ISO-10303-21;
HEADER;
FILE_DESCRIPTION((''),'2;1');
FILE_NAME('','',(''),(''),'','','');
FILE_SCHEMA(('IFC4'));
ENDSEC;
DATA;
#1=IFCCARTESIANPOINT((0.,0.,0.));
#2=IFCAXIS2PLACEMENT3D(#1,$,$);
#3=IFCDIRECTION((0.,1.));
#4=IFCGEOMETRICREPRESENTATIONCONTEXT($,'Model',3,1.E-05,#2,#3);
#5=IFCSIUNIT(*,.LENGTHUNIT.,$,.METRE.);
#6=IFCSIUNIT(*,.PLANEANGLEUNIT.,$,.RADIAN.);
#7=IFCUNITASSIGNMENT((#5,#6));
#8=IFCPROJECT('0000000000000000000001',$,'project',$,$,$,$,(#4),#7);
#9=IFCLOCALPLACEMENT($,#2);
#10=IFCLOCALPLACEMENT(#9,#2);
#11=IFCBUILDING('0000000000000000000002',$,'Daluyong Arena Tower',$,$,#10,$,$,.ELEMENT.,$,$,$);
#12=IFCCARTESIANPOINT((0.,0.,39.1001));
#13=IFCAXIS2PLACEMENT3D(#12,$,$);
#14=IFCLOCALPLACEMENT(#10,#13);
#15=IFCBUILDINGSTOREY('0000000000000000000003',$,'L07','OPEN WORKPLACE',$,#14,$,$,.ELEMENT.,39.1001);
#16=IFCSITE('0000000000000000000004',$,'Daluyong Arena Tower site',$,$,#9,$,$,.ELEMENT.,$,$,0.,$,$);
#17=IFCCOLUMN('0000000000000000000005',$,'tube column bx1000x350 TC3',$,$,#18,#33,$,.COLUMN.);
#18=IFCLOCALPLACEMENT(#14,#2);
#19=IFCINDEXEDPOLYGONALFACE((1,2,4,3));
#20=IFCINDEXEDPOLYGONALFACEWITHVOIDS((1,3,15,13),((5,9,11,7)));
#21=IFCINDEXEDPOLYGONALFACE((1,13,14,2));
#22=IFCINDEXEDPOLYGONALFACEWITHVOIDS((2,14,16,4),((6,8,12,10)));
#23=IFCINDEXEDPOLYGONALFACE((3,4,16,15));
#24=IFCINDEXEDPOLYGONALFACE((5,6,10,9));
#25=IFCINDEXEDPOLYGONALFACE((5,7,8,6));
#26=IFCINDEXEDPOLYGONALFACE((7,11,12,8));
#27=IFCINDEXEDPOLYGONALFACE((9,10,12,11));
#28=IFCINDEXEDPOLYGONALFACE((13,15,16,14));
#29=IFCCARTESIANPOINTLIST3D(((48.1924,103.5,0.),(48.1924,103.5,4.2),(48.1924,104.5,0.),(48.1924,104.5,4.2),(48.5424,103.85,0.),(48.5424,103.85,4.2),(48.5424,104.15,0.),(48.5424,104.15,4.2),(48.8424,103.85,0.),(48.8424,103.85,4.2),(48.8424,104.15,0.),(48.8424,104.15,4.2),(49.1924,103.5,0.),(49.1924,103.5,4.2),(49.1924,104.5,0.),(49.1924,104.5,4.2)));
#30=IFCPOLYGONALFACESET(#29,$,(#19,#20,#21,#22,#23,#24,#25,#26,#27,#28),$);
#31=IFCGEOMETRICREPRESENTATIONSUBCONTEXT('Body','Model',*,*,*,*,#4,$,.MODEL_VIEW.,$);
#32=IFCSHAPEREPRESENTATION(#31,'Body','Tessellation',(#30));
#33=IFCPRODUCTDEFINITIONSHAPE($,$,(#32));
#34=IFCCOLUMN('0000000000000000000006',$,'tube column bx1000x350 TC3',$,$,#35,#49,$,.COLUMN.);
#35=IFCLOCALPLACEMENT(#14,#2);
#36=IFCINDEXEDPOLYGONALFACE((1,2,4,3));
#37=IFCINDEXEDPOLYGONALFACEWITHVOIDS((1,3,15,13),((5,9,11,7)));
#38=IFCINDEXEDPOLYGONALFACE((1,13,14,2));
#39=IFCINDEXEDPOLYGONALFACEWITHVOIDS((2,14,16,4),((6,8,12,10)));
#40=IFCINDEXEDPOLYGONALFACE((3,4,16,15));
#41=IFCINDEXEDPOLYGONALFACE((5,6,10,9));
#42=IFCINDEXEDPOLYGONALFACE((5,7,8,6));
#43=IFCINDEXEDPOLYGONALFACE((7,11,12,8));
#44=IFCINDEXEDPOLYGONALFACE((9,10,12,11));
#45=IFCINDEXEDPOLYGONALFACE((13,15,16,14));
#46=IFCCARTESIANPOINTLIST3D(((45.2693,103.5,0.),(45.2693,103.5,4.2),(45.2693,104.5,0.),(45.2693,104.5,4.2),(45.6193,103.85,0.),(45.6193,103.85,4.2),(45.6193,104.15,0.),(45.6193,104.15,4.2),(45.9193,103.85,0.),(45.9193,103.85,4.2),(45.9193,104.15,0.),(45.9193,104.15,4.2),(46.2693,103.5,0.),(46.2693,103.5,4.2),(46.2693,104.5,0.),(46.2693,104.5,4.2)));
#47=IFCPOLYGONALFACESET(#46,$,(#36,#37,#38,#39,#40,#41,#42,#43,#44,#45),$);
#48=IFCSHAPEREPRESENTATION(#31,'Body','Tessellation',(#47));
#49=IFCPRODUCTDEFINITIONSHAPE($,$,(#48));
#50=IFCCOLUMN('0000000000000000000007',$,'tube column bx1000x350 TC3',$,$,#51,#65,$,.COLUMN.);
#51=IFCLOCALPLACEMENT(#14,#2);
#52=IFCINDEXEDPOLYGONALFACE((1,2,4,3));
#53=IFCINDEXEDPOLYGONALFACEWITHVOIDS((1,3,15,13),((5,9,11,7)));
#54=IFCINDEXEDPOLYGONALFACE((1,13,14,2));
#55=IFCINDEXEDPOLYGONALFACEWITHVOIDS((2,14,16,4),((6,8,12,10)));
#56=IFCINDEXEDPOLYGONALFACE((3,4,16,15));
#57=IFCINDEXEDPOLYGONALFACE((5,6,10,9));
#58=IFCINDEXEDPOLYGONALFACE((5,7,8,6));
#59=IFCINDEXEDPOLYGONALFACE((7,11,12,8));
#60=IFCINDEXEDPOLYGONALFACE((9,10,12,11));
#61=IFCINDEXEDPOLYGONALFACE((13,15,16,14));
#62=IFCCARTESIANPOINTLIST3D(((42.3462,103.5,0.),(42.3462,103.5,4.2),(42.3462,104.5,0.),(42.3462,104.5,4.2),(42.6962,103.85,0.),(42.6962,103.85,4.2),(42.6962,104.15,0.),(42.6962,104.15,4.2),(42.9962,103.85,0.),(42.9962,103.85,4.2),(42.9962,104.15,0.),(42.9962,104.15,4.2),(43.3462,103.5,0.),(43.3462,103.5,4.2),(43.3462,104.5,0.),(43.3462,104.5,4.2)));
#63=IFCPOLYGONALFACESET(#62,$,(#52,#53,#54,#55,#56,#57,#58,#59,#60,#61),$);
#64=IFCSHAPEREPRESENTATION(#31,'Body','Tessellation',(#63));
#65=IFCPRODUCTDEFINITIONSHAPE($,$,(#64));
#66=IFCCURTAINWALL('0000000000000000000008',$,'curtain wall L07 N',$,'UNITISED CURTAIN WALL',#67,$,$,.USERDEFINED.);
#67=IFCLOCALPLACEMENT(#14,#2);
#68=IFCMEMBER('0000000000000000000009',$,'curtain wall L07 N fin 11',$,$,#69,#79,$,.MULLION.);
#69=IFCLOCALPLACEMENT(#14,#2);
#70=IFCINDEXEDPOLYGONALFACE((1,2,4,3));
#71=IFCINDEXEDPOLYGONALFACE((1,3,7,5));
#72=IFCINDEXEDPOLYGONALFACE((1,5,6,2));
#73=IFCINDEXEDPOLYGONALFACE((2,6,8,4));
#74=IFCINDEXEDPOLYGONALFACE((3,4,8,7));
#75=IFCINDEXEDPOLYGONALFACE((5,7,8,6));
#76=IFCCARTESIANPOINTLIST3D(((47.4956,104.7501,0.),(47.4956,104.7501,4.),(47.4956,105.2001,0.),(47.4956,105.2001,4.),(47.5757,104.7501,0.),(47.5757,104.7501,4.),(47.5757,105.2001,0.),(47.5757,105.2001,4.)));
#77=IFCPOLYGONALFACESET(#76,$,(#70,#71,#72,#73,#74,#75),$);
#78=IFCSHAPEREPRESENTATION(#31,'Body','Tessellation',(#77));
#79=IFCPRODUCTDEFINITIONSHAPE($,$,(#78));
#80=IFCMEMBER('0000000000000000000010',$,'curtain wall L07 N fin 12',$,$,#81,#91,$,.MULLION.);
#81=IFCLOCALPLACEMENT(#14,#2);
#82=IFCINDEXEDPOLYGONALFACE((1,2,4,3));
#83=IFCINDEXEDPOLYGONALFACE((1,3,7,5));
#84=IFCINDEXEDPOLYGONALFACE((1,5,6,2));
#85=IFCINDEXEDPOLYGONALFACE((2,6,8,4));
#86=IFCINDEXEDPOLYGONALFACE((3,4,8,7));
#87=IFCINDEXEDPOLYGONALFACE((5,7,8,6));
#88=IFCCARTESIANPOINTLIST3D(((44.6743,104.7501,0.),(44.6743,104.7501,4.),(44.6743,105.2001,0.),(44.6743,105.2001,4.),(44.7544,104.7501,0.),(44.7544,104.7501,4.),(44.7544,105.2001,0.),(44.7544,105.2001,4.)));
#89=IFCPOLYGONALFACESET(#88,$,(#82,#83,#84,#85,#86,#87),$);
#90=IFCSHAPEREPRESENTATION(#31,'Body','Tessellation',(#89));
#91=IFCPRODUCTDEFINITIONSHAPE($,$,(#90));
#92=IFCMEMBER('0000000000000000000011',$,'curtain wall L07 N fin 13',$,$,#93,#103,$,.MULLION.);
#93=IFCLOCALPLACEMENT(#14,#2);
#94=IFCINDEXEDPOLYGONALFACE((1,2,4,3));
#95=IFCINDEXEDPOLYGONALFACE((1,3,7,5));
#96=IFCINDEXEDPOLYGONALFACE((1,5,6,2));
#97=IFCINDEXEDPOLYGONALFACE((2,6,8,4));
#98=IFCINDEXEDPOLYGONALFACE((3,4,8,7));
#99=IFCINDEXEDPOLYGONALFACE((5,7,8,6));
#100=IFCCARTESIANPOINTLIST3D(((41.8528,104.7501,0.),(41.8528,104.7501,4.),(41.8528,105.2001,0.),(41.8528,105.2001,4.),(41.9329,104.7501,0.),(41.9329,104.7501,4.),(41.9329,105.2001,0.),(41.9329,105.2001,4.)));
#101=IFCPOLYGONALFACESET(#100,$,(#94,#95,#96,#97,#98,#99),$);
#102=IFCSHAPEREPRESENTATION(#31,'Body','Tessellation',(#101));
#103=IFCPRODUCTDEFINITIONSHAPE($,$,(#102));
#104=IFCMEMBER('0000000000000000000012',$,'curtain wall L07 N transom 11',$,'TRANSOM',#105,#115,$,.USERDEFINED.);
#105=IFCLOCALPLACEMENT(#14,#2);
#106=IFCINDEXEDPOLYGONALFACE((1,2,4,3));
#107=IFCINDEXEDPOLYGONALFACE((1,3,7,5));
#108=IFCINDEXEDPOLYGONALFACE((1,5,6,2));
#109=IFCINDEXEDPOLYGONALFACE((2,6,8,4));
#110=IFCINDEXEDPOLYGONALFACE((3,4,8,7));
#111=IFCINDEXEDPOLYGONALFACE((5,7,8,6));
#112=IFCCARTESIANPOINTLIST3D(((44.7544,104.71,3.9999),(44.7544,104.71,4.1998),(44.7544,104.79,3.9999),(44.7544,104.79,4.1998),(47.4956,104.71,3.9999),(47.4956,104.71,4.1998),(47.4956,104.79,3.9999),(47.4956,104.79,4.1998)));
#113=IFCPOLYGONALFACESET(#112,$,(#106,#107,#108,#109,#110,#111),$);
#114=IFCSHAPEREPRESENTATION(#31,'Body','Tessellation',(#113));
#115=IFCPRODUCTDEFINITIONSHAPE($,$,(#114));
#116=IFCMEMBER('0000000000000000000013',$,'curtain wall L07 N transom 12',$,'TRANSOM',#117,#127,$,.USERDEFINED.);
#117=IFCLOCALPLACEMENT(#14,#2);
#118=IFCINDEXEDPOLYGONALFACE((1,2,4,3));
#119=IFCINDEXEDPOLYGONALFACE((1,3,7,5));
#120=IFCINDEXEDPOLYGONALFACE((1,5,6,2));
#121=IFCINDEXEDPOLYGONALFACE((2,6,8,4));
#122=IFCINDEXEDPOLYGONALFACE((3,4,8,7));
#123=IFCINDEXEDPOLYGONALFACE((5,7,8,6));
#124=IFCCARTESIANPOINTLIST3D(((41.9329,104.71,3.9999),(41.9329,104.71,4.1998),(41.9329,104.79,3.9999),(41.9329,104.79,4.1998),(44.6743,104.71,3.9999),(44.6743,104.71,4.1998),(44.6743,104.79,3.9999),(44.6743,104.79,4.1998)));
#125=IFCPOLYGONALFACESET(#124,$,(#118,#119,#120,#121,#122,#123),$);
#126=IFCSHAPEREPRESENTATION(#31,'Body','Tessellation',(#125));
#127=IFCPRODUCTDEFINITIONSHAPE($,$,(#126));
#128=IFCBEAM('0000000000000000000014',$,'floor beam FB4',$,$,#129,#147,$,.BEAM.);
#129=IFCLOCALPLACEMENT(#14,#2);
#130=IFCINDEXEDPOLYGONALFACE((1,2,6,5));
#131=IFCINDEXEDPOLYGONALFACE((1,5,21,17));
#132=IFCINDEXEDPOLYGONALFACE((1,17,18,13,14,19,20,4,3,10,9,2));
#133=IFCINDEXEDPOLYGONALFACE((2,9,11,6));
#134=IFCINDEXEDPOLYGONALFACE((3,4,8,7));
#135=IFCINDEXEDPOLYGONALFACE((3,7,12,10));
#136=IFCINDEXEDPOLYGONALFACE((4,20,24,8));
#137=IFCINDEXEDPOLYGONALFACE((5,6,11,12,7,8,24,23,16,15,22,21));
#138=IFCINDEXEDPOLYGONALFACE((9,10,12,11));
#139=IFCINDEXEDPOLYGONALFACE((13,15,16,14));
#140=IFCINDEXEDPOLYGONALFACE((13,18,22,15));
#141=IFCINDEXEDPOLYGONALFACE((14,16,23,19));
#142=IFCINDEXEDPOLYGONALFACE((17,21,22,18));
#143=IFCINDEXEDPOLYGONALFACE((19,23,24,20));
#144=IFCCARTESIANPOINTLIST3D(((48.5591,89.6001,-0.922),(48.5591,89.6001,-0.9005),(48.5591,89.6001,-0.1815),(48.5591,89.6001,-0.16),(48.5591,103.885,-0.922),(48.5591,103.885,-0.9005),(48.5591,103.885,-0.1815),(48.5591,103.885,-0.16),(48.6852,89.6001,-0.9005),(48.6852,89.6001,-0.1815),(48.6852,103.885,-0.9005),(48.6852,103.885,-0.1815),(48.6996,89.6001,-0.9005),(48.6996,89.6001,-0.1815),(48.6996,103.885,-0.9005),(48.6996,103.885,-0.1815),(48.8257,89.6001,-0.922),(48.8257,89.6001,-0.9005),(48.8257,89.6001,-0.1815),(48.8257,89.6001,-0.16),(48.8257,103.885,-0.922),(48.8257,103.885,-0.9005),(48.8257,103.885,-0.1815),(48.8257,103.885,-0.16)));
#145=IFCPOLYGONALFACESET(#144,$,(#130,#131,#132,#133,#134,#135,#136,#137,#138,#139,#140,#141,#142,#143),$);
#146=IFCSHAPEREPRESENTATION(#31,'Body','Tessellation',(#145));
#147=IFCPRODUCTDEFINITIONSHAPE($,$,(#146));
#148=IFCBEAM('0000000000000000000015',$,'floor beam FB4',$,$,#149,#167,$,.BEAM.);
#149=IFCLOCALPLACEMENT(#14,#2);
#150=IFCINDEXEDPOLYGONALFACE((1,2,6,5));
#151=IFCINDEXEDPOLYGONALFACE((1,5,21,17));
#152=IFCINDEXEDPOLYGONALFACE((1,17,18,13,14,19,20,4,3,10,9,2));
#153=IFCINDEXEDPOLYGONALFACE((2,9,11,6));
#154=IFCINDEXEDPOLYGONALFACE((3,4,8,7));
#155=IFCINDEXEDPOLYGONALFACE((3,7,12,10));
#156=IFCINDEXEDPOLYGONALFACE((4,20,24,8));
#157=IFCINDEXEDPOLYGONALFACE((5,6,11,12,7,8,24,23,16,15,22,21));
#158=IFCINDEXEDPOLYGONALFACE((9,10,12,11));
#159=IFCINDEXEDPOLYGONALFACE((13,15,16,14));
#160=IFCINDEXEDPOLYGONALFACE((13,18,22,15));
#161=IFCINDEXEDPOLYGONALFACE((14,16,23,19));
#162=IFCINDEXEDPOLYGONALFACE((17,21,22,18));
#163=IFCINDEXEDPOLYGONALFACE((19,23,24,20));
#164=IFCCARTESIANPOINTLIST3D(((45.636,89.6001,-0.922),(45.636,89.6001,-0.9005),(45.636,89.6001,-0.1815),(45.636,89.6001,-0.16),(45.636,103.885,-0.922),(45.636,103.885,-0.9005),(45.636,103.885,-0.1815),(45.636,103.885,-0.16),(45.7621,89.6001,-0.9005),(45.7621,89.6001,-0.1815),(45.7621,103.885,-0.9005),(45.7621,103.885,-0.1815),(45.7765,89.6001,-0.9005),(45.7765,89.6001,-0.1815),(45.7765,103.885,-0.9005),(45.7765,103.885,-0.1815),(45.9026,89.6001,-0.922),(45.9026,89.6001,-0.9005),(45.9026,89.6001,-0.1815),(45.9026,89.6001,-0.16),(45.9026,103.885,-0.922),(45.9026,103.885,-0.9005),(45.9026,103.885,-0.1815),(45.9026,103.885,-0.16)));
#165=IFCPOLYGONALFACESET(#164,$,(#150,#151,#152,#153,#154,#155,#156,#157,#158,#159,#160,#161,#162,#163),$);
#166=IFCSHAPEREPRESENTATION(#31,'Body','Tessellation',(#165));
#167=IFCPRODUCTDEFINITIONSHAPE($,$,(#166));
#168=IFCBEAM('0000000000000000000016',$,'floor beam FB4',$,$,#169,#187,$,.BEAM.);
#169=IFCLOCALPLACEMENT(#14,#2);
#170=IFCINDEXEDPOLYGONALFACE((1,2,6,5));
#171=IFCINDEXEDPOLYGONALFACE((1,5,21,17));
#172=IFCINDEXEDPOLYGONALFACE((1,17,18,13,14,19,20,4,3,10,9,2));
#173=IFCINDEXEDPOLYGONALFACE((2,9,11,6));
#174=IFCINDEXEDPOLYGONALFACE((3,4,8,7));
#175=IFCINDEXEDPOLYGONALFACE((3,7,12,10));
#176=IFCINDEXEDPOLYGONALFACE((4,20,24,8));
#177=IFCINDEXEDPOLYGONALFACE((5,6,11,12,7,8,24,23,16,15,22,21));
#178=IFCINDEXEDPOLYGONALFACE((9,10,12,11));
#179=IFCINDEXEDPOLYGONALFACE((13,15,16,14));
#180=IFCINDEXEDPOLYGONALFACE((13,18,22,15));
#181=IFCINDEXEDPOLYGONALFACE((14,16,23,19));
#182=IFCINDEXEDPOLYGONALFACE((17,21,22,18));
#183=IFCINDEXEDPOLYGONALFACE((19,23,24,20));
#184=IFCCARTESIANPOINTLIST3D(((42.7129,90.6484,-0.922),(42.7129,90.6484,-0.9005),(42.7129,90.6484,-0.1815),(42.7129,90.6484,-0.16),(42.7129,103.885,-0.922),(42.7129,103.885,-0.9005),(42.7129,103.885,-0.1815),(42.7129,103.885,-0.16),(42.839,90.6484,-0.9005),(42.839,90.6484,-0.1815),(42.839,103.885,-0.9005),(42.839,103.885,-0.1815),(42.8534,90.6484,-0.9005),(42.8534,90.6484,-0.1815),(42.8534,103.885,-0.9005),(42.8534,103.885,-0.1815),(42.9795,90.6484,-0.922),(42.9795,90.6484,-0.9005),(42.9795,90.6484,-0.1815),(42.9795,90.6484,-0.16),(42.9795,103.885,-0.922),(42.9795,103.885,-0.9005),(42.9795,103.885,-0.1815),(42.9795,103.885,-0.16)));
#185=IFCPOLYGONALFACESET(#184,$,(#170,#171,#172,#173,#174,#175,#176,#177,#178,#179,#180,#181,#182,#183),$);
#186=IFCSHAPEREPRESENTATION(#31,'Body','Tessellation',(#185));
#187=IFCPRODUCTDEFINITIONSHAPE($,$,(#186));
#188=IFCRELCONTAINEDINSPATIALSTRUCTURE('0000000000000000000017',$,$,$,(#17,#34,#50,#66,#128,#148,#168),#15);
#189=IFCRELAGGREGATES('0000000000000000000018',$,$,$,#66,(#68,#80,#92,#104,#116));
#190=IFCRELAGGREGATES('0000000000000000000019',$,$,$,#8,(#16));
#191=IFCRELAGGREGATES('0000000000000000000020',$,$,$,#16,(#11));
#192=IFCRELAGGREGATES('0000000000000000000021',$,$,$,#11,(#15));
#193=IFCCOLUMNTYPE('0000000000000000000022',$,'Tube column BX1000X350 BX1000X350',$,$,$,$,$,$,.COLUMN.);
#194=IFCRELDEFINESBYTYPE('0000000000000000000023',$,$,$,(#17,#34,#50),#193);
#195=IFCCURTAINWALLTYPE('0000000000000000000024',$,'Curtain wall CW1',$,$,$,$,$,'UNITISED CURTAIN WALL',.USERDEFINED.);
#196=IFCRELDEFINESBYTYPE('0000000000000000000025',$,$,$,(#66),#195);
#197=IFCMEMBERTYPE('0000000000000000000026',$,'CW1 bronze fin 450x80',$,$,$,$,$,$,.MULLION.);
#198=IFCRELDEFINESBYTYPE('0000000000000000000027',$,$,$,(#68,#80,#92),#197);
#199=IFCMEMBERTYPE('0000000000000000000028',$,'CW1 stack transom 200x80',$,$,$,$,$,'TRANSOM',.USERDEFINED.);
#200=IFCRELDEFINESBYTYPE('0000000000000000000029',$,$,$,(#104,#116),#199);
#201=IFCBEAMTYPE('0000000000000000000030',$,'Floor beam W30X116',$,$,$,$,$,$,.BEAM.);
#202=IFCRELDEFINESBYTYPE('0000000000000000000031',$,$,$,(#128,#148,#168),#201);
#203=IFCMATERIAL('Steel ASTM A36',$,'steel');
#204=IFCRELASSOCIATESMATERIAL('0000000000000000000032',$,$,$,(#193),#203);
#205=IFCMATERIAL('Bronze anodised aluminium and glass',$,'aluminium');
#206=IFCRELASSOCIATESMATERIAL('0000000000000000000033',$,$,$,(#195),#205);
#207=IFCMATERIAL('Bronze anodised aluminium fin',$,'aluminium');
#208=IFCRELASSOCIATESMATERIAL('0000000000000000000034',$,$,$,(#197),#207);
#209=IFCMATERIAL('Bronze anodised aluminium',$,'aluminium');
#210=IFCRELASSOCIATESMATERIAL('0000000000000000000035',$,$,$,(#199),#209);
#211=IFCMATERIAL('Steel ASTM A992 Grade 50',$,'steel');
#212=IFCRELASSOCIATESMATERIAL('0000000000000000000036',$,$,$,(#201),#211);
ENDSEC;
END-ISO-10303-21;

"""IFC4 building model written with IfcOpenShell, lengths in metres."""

from ifc_helpers import new_model, si_unit, direction, frame, origin, origin_2d, place, context, subcontext, project, spatial, rectangle, hollow_rectangle, i_section, extrude, material, material_profile, profile_set, type_object, element, aggregate, save


model = new_model("IFC4")

# Units and contexts
model_context = context("Model", 3, precision=1e-05, world=origin(), true_north=direction((0.0, 1.0)))
body_context = subcontext(model_context, "Body", "Model", "MODEL_VIEW")
ifc_project = project(units=[si_unit("LENGTHUNIT", "METRE"), si_unit("PLANEANGLEUNIT", "RADIAN")], contexts=[model_context])

# Site, building, storey
site_placement = place(None, origin())
site = spatial("IfcSite", under=ifc_project, at=site_placement, Name="Daluyong Arena Tower site", CompositionType="ELEMENT", RefElevation=0.0)
building_placement = place(site_placement, origin())
building = spatial("IfcBuilding", under=site, at=building_placement, Name="Daluyong Arena Tower", CompositionType="ELEMENT")
storey_placement = place(building_placement, frame((0.0, 0.0, 39.1001)))
storey = spatial("IfcBuildingStorey", under=building, at=storey_placement, Name="L07", Description="OPEN WORKPLACE", CompositionType="ELEMENT", Elevation=39.1001)

# Columns
ifc_material_1 = material(Name="Steel ASTM A36", Category="steel")
ifc_material_profile_1 = material_profile(ifc_material_1, hollow_rectangle(XDim=1.0, YDim=1.0, WallThickness=0.35, at=origin_2d()))
ifc_profile_set_1 = profile_set([ifc_material_profile_1], Name="Steel ASTM A36")
column_type = type_object("IfcColumnType", Name="Tube column BX1000X350 BX1000X350", PredefinedType="COLUMN", material=ifc_profile_set_1)
for number, where, z_axis, x_axis, name in (
    (1, (48.6924, 104.0, 0.0), (0.0, 0.0, 1.0), (1.0, 0.0, 0.0), "tube column bx1000x350 TC3"),
    (2, (45.7693, 104.0, 0.0), (0.0, 0.0, 1.0), (1.0, 0.0, 0.0), "tube column bx1000x350 TC3"),
    (3, (42.8462, 104.0, 0.0), (0.0, 0.0, 1.0), (1.0, 0.0, 0.0), "tube column bx1000x350 TC3"),
):
    element("IfcColumn", number, at=place(storey_placement, frame(where, z_axis=z_axis, x_axis=x_axis)), inside=storey, type_object=column_type, Name=name, PredefinedType="COLUMN", context=body_context, shape_type="SweptSolid", body=[
        extrude(hollow_rectangle(XDim=1.0, YDim=1.0, WallThickness=0.35, at=origin_2d()), origin(), (0.0, 0.0, 1.0), 4.2),
    ])

# Curtain wall, members
ifc_material_2 = material(Name="Bronze anodised aluminium and glass", Category="aluminium")
curtain_wall_type = type_object("IfcCurtainWallType", Name="Curtain wall CW1", ElementType="UNITISED CURTAIN WALL", PredefinedType="USERDEFINED", material=ifc_material_2)
curtain_wall_placement = place(storey_placement, origin())
curtain_wall = element("IfcCurtainWall", 4, at=curtain_wall_placement, inside=storey, type_object=curtain_wall_type, Name="curtain wall L07 N", ObjectType="UNITISED CURTAIN WALL", PredefinedType="USERDEFINED")
ifc_material_3 = material(Name="Bronze anodised aluminium fin", Category="aluminium")
ifc_material_profile_2 = material_profile(ifc_material_3, rectangle(XDim=0.45, YDim=0.0801, at=origin_2d()))
ifc_profile_set_2 = profile_set([ifc_material_profile_2], Name="Bronze anodised aluminium fin")
member_type_1 = type_object("IfcMemberType", Name="CW1 bronze fin 450x80", PredefinedType="MULLION", material=ifc_profile_set_2)
member_1_placement = place(storey_placement, frame((47.5356, 104.9751, 0.0), z_axis=(0.0, 0.0, 1.0), x_axis=(0.0, -1.0, 0.0)))
member_1 = element("IfcMember", 5, at=member_1_placement, type_object=member_type_1, Name="curtain wall L07 N fin 11", PredefinedType="MULLION", context=body_context, shape_type="SweptSolid", body=[
    extrude(rectangle(XDim=0.45, YDim=0.0801, at=origin_2d()), origin(), (0.0, 0.0, 1.0), 4.0),
])
member_2_placement = place(storey_placement, frame((44.7144, 104.9751, 0.0), z_axis=(0.0, 0.0, 1.0), x_axis=(0.0, -1.0, 0.0)))
member_2 = element("IfcMember", 6, at=member_2_placement, type_object=member_type_1, Name="curtain wall L07 N fin 12", PredefinedType="MULLION", context=body_context, shape_type="SweptSolid", body=[
    extrude(rectangle(XDim=0.45, YDim=0.0801, at=origin_2d()), origin(), (0.0, 0.0, 1.0), 4.0),
])
member_3_placement = place(storey_placement, frame((41.8928, 104.9751, 0.0), z_axis=(0.0, 0.0, 1.0), x_axis=(0.0, -1.0, 0.0)))
member_3 = element("IfcMember", 7, at=member_3_placement, type_object=member_type_1, Name="curtain wall L07 N fin 13", PredefinedType="MULLION", context=body_context, shape_type="SweptSolid", body=[
    extrude(rectangle(XDim=0.45, YDim=0.0801, at=origin_2d()), origin(), (0.0, 0.0, 1.0), 4.0),
])
ifc_material_4 = material(Name="Bronze anodised aluminium", Category="aluminium")
ifc_material_profile_3 = material_profile(ifc_material_4, rectangle(XDim=0.0801, YDim=0.2, at=origin_2d()))
ifc_profile_set_3 = profile_set([ifc_material_profile_3], Name="Bronze anodised aluminium")
member_type_2 = type_object("IfcMemberType", Name="CW1 stack transom 200x80", ElementType="TRANSOM", PredefinedType="USERDEFINED", material=ifc_profile_set_3)
member_4_placement = place(storey_placement, frame((47.4956, 104.75, 4.0999), z_axis=(-1.0, 0.0, 0.0), x_axis=(0.0, -1.0, 0.0)))
member_4 = element("IfcMember", 8, at=member_4_placement, type_object=member_type_2, Name="curtain wall L07 N transom 11", ObjectType="TRANSOM", PredefinedType="USERDEFINED", context=body_context, shape_type="SweptSolid", body=[
    extrude(rectangle(XDim=0.0801, YDim=0.2, at=origin_2d()), origin(), (0.0, 0.0, 1.0), 2.7412),
])
member_5_placement = place(storey_placement, frame((44.6743, 104.75, 4.0999), z_axis=(-1.0, 0.0, 0.0), x_axis=(0.0, -1.0, 0.0)))
member_5 = element("IfcMember", 9, at=member_5_placement, type_object=member_type_2, Name="curtain wall L07 N transom 12", ObjectType="TRANSOM", PredefinedType="USERDEFINED", context=body_context, shape_type="SweptSolid", body=[
    extrude(rectangle(XDim=0.0801, YDim=0.2, at=origin_2d()), origin(), (0.0, 0.0, 1.0), 2.7415),
])

# Beams
ifc_material_5 = material(Name="Steel ASTM A992 Grade 50", Category="steel")
ifc_material_profile_4 = material_profile(ifc_material_5, i_section(OverallWidth=0.2666, OverallDepth=0.762, WebThickness=0.0144, FlangeThickness=0.0215, at=origin_2d()))
ifc_profile_set_4 = profile_set([ifc_material_profile_4], Name="Steel ASTM A992 Grade 50")
beam_type_1 = type_object("IfcBeamType", Name="Floor beam W30X116", PredefinedType="BEAM", material=ifc_profile_set_4)
for number, where, z_axis, x_axis, name in (
    (10, (48.6924, 103.885, -0.541), (0.0, -1.0, 0.0), (1.0, 0.0, 0.0), "floor beam FB4"),
    (11, (45.7693, 103.885, -0.541), (0.0, -1.0, 0.0), (1.0, 0.0, 0.0), "floor beam FB4"),
):
    element("IfcBeam", number, at=place(storey_placement, frame(where, z_axis=z_axis, x_axis=x_axis)), inside=storey, type_object=beam_type_1, Name=name, PredefinedType="BEAM", context=body_context, shape_type="SweptSolid", body=[
        extrude(i_section(OverallWidth=0.2666, OverallDepth=0.762, WebThickness=0.0144, FlangeThickness=0.0215, at=origin_2d()), origin(), (0.0, 0.0, 1.0), 14.2849),
    ])
beam_placement = place(storey_placement, frame((42.8462, 103.885, -0.541), z_axis=(0.0, -1.0, 0.0), x_axis=(1.0, 0.0, 0.0)))
element("IfcBeam", 12, at=beam_placement, inside=storey, type_object=beam_type_1, Name="floor beam FB4", PredefinedType="BEAM", context=body_context, shape_type="SweptSolid", body=[
    extrude(i_section(OverallWidth=0.2666, OverallDepth=0.762, WebThickness=0.0144, FlangeThickness=0.0215, at=origin_2d()), origin(), (0.0, 0.0, 1.0), 13.2366),
])

aggregate(curtain_wall, [member_1, member_2, member_3, member_4, member_5])

save(model, "model.ifc")
